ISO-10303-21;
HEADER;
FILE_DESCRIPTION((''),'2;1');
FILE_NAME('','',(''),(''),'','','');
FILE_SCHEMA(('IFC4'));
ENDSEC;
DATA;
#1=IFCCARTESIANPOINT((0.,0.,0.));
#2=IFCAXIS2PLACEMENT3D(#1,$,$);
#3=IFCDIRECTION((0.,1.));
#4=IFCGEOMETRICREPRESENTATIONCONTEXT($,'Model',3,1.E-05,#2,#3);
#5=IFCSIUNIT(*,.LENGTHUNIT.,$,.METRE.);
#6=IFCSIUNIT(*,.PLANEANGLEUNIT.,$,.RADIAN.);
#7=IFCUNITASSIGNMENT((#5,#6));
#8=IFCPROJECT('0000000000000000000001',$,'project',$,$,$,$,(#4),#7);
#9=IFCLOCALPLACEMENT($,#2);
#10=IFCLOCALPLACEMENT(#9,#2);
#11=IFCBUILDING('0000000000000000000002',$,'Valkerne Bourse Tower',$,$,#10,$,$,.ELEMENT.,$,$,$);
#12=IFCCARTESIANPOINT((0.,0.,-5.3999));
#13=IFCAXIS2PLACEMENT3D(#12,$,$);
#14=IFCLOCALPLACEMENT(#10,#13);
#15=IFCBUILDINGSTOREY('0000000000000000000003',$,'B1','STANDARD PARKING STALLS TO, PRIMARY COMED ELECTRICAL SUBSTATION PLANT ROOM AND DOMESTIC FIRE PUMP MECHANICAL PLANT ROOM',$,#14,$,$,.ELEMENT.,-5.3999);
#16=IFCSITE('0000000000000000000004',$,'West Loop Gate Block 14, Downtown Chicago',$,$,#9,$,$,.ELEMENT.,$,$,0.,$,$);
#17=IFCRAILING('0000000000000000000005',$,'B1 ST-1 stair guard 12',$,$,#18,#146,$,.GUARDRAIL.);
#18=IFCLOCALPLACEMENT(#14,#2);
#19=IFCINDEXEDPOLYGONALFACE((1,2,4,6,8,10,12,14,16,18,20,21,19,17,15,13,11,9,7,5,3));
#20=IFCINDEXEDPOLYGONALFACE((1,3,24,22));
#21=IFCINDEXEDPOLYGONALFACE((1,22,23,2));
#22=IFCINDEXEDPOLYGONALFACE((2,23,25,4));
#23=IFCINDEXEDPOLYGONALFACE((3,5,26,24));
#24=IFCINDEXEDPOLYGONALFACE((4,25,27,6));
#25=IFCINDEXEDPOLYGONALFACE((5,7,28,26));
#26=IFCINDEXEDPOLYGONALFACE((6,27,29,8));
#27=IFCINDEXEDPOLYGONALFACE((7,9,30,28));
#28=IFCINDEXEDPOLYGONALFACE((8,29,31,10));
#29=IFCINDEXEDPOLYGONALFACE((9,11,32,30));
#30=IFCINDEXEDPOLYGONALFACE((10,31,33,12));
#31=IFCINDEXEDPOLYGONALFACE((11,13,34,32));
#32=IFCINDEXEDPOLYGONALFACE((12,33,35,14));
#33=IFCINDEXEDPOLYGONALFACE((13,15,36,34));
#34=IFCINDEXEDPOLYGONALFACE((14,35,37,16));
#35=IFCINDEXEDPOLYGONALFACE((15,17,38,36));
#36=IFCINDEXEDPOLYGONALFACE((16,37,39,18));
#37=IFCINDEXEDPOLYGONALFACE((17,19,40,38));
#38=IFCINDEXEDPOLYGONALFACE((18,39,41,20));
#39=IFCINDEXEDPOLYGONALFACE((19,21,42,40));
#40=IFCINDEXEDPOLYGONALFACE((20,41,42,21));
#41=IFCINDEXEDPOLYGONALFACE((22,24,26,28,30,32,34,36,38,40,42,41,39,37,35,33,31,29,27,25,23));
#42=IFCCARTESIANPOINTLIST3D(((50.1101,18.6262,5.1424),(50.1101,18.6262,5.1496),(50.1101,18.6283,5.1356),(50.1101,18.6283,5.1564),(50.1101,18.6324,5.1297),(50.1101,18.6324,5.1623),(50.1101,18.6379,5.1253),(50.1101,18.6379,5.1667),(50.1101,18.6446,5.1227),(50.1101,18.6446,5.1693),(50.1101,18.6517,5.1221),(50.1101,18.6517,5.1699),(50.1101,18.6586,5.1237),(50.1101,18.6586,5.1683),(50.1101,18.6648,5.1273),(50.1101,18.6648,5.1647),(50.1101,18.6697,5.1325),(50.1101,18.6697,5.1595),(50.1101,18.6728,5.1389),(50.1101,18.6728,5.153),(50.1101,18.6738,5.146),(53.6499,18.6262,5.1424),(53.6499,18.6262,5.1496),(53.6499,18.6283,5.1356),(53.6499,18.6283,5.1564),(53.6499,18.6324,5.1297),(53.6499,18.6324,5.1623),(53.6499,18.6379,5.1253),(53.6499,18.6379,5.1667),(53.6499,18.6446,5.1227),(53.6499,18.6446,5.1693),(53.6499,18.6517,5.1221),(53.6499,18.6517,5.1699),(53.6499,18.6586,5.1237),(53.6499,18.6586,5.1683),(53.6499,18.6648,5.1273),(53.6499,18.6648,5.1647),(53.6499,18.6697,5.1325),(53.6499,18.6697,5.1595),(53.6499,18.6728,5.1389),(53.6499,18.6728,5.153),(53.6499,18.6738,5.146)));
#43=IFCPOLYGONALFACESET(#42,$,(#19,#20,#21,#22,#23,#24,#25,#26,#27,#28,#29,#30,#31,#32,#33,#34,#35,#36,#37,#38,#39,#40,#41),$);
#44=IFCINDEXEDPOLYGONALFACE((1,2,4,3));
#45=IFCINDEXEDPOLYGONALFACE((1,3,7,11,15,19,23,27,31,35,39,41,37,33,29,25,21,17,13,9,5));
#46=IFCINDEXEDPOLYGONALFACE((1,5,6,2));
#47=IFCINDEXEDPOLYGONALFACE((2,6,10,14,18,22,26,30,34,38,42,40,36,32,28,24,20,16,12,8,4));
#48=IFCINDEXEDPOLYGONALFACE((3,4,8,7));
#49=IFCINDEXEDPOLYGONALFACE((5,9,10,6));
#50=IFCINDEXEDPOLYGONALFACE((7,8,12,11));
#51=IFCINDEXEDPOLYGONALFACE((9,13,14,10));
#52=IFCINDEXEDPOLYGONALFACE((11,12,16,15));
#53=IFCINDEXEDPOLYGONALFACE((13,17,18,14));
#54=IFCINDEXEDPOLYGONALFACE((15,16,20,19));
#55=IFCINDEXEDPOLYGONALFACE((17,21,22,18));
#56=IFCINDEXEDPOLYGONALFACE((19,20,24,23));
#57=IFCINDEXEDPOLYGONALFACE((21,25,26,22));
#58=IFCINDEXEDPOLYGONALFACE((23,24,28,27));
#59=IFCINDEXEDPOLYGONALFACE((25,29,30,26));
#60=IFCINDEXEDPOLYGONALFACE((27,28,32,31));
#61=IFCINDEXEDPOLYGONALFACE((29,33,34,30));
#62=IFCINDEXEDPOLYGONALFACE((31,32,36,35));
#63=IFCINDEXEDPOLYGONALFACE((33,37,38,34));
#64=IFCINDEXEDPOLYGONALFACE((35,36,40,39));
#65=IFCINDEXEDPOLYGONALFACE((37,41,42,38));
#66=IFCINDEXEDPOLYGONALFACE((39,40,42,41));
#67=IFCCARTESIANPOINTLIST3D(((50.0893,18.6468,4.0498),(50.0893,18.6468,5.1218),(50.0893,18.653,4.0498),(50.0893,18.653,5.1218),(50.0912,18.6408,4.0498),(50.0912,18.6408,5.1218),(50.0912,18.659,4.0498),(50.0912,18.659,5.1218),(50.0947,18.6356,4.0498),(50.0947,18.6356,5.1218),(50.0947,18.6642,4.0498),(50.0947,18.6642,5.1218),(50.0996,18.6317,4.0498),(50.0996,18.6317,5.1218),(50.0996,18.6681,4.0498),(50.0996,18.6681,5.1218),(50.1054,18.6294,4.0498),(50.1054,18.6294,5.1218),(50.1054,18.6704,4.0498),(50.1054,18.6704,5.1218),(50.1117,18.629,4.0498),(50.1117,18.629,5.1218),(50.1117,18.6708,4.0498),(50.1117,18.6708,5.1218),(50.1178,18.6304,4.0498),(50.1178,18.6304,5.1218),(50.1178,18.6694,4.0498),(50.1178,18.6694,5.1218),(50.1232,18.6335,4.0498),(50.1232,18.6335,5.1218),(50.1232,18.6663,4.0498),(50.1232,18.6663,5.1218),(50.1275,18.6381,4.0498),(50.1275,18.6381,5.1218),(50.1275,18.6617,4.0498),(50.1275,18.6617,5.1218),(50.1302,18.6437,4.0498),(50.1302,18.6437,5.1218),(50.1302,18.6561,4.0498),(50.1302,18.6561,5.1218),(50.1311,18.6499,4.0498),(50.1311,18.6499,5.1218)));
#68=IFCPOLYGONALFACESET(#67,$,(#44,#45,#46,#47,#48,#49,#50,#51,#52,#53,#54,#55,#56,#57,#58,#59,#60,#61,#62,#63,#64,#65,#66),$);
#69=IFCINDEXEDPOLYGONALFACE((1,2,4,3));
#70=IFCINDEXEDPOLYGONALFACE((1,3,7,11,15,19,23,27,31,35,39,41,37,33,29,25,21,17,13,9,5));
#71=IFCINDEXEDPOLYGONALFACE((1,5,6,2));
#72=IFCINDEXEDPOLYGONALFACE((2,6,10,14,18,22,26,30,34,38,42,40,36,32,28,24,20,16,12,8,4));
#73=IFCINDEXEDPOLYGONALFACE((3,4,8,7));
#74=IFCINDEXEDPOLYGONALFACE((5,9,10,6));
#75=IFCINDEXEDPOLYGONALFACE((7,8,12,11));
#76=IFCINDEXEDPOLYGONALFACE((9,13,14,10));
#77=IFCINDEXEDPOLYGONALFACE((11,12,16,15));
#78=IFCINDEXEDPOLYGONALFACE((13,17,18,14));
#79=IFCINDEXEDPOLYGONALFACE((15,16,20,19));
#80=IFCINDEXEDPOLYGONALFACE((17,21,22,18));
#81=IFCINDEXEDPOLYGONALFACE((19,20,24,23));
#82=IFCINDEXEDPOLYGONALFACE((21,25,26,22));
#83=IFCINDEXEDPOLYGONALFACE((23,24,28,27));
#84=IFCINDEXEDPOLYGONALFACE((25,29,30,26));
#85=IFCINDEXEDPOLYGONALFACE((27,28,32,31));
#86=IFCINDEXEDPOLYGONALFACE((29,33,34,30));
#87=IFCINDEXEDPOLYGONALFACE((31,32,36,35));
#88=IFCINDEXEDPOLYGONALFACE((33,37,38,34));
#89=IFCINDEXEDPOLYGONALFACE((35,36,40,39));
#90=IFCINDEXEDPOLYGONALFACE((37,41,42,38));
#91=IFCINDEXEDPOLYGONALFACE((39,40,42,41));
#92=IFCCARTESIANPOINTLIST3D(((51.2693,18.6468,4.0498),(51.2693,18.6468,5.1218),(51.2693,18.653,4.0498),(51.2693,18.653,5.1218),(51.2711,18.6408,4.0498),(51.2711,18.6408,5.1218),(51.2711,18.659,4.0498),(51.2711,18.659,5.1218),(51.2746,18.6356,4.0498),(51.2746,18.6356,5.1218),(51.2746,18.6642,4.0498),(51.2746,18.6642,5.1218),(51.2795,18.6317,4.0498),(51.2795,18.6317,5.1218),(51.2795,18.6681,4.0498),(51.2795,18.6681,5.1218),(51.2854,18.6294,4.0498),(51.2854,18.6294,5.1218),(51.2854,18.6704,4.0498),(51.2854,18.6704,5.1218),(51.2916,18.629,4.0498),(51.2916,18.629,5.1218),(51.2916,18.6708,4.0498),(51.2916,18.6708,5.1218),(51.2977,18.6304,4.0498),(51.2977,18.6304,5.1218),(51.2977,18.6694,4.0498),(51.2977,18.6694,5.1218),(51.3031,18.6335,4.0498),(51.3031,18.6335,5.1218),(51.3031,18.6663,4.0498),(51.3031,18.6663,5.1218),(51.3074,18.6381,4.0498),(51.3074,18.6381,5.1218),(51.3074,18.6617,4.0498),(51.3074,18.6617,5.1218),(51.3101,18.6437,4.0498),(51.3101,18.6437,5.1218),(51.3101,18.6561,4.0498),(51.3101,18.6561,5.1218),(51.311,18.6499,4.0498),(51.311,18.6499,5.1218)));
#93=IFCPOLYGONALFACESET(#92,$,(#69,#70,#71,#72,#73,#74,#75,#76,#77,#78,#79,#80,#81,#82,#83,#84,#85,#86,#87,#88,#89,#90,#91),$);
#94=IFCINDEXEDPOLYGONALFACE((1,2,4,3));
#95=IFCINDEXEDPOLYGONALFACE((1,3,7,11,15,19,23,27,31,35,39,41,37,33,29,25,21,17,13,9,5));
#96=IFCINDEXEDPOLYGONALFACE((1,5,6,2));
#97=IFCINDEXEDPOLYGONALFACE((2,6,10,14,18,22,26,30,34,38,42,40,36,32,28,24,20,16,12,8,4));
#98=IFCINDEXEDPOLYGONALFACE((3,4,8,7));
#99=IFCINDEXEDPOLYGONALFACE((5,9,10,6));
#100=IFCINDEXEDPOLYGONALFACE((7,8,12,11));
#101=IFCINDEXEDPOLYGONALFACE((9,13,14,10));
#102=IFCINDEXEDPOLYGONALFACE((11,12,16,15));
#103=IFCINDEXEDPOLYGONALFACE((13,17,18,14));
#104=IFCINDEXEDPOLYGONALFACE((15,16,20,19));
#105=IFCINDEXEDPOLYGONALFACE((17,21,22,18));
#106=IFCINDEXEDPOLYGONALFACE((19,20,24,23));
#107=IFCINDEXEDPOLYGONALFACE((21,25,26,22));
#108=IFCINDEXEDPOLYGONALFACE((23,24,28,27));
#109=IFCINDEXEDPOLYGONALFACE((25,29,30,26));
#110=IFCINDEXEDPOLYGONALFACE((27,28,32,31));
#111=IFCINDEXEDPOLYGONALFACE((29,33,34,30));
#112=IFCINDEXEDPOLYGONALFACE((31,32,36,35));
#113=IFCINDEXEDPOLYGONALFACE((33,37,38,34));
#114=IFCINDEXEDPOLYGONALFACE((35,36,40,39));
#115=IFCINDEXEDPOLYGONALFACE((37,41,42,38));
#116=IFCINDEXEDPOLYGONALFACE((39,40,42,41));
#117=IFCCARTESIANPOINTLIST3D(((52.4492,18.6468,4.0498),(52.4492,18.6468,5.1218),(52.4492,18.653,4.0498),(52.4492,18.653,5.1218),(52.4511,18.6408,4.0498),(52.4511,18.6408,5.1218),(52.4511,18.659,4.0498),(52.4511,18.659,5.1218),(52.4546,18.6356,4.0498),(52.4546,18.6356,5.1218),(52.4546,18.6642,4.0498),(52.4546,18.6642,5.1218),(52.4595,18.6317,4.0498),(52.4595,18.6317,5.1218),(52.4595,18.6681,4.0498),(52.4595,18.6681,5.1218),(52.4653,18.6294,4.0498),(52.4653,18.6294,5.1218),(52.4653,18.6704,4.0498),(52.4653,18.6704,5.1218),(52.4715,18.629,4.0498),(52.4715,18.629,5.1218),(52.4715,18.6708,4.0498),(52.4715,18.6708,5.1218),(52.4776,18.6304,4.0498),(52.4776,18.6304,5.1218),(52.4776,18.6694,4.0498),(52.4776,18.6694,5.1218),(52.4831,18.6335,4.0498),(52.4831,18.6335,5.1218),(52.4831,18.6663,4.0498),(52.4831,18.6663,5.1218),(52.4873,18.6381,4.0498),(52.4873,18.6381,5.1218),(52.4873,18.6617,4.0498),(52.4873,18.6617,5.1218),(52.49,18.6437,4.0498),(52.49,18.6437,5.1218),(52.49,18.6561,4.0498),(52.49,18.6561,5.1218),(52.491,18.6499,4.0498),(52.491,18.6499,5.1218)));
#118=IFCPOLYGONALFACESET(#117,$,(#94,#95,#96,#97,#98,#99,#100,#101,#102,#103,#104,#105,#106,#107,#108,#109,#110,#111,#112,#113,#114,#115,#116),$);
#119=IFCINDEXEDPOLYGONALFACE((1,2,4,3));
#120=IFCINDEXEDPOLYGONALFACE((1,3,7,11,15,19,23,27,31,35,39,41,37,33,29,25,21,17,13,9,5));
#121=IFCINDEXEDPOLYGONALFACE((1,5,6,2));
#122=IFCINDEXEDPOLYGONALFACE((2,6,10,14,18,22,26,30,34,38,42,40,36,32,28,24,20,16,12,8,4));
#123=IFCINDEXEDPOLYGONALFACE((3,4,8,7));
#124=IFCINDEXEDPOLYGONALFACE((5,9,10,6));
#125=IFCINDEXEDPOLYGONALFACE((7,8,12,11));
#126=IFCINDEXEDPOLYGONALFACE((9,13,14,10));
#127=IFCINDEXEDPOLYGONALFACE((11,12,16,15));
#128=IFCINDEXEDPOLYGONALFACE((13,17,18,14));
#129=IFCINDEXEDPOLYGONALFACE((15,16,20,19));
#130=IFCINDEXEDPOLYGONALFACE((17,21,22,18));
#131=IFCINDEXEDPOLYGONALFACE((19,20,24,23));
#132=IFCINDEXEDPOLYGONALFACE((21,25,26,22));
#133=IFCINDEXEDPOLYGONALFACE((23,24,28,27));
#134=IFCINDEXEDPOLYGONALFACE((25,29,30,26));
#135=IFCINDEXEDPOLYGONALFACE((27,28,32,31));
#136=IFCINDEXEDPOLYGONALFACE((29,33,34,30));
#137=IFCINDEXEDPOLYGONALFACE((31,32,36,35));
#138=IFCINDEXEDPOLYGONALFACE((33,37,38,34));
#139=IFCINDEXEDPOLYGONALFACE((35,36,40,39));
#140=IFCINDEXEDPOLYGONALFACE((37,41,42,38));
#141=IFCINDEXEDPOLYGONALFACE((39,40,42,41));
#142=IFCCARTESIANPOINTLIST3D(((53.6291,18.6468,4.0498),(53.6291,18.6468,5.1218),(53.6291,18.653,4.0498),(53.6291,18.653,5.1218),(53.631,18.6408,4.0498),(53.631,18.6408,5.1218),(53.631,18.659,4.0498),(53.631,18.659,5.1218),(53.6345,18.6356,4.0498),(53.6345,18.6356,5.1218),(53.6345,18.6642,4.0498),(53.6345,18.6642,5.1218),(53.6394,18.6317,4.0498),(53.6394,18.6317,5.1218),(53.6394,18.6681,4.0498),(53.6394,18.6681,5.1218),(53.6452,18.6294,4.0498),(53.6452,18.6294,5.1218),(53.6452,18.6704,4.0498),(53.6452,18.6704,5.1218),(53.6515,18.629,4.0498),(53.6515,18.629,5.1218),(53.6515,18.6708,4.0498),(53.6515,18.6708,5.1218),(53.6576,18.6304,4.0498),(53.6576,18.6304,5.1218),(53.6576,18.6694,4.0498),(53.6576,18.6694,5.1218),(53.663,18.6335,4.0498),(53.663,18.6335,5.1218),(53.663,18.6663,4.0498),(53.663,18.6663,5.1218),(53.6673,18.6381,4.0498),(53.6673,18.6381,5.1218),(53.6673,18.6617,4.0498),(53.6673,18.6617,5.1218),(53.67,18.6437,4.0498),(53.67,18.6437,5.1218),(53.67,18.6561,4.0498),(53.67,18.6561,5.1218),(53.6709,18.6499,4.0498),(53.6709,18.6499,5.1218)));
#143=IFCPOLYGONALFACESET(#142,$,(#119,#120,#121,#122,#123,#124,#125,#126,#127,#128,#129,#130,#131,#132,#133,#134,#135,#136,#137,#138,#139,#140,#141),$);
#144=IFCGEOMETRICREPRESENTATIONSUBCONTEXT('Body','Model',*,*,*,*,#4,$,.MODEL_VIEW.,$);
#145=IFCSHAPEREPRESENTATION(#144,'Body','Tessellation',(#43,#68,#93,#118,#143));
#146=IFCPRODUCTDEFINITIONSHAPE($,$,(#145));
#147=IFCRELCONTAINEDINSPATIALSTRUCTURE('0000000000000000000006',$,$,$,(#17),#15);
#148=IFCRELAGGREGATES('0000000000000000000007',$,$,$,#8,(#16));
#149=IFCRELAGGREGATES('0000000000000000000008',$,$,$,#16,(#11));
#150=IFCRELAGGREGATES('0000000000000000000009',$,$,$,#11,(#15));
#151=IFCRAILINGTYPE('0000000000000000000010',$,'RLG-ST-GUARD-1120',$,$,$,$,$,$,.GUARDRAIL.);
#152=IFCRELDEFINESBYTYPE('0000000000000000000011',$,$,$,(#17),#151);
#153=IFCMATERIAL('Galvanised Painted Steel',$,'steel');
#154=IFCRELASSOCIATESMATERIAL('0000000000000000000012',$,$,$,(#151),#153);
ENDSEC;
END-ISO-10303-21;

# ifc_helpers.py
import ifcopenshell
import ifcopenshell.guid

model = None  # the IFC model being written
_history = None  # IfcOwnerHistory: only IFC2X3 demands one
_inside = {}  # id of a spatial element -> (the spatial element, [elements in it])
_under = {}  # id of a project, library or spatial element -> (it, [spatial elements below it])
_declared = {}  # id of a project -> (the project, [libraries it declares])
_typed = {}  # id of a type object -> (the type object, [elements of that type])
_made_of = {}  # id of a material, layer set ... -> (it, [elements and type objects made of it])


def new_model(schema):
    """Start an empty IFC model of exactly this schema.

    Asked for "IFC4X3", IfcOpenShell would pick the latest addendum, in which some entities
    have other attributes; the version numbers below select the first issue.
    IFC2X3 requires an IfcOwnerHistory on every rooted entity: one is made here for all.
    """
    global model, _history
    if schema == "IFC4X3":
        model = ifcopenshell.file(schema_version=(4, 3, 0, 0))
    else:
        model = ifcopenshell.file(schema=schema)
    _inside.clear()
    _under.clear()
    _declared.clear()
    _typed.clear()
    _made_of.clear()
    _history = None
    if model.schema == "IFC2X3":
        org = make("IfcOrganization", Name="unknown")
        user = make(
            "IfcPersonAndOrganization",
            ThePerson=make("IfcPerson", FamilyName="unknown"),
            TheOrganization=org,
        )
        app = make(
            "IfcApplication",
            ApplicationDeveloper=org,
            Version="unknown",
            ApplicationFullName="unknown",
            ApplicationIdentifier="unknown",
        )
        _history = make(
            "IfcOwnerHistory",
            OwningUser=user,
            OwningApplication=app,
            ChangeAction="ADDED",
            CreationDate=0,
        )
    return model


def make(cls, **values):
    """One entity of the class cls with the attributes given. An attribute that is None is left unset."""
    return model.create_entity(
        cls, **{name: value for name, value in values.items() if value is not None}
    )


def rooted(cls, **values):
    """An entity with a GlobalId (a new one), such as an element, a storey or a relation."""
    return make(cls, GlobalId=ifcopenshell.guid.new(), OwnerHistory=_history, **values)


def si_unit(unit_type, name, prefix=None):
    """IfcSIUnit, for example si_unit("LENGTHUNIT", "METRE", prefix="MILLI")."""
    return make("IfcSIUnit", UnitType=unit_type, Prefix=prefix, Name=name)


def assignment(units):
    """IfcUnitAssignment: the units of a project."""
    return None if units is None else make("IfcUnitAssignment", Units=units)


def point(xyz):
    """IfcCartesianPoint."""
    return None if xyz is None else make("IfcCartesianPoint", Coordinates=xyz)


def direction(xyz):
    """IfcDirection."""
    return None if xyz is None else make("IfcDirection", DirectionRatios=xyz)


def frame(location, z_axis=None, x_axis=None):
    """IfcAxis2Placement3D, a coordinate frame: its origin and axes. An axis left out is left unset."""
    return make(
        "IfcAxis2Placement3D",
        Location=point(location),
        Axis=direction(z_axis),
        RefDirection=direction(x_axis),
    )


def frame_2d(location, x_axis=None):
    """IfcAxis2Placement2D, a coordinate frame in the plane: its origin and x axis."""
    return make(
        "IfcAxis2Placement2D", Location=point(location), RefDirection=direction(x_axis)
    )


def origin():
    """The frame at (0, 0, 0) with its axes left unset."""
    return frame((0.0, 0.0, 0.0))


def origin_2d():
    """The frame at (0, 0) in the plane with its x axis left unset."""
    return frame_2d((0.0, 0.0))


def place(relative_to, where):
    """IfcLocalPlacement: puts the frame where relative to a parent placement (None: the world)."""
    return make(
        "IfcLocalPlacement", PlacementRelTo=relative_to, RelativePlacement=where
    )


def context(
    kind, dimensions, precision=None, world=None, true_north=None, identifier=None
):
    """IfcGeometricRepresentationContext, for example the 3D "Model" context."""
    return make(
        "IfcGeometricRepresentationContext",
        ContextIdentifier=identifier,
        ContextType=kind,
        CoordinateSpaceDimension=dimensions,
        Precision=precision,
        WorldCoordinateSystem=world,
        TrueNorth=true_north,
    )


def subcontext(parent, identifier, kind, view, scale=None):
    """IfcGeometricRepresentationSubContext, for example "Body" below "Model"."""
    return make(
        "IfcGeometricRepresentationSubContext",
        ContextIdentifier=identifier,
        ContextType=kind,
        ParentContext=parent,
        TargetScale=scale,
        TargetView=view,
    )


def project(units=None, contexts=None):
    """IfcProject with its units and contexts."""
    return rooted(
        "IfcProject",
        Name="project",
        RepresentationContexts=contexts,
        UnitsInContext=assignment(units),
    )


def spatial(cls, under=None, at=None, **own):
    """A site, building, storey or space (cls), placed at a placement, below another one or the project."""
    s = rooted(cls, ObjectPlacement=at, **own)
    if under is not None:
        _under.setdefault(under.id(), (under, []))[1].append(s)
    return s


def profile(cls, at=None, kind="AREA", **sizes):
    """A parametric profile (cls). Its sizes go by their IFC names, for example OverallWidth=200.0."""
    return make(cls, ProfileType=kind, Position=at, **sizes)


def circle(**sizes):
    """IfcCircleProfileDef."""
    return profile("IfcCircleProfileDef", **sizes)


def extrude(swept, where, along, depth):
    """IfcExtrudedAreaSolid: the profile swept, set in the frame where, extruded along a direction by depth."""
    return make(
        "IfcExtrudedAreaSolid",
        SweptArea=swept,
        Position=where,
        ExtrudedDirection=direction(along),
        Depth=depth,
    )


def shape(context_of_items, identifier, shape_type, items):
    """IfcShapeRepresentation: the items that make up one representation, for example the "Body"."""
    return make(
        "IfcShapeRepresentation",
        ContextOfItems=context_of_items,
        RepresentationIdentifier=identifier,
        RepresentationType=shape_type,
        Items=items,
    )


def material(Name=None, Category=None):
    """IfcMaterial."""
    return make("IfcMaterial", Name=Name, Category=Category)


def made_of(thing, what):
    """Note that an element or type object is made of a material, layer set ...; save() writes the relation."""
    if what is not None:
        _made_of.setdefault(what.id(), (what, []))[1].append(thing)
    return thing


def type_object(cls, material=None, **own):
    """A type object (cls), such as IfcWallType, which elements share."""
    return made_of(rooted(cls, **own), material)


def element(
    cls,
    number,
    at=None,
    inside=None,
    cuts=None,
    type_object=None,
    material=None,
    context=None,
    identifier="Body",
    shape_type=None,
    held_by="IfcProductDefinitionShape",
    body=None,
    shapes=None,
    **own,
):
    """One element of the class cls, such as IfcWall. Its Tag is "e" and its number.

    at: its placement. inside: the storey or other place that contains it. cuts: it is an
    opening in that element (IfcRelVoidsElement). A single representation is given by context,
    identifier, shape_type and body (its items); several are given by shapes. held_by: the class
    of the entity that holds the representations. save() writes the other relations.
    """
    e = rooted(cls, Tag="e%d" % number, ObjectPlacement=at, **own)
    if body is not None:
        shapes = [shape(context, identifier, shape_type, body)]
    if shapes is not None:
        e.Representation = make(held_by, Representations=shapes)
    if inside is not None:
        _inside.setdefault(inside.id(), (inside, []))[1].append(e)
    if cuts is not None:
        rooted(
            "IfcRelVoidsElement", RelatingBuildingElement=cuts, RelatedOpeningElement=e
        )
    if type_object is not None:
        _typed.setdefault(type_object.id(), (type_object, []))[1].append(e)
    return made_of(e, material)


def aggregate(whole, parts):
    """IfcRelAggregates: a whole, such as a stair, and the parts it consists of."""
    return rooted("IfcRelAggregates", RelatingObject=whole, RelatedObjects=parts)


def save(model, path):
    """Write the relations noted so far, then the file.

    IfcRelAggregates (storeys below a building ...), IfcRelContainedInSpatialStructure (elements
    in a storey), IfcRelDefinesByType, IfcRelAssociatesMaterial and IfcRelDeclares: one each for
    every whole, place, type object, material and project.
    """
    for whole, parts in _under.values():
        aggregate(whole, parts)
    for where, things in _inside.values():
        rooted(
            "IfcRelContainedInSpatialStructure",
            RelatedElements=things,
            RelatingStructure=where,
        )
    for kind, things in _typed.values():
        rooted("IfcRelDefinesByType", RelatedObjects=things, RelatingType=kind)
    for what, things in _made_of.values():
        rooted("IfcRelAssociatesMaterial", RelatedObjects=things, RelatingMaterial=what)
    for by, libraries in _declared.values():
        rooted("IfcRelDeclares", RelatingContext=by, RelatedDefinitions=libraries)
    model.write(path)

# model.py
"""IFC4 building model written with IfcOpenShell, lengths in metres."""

from ifc_helpers import new_model, si_unit, direction, frame, origin, origin_2d, place, context, subcontext, project, spatial, circle, extrude, material, type_object, element, save


model = new_model("IFC4")

# Units and contexts
model_context = context("Model", 3, precision=1e-05, world=origin(), true_north=direction((0.0, 1.0)))
body_context = subcontext(model_context, "Body", "Model", "MODEL_VIEW")
ifc_project = project(units=[si_unit("LENGTHUNIT", "METRE"), si_unit("PLANEANGLEUNIT", "RADIAN")], contexts=[model_context])

# Site, building, storey
site_placement = place(None, origin())
site = spatial("IfcSite", under=ifc_project, at=site_placement, Name="West Loop Gate Block 14, Downtown Chicago", CompositionType="ELEMENT", RefElevation=0.0)
building_placement = place(site_placement, origin())
building = spatial("IfcBuilding", under=site, at=building_placement, Name="Valkerne Bourse Tower", CompositionType="ELEMENT")
storey_placement = place(building_placement, frame((0.0, 0.0, -5.3999)))
storey = spatial("IfcBuildingStorey", under=building, at=storey_placement, Name="B1", Description="STANDARD PARKING STALLS TO, PRIMARY COMED ELECTRICAL SUBSTATION PLANT ROOM AND DOMESTIC FIRE PUMP MECHANICAL PLANT ROOM", CompositionType="ELEMENT", Elevation=-5.3999)

# Railing
ifc_material_1 = material(Name="Galvanised Painted Steel", Category="steel")
railing_type_1 = type_object("IfcRailingType", Name="RLG-ST-GUARD-1120", PredefinedType="GUARDRAIL", material=ifc_material_1)
railing_1_placement = place(storey_placement, frame((50.1101, 18.6499, 4.0498)))
element("IfcRailing", 1, at=railing_1_placement, inside=storey, type_object=railing_type_1, Name="B1 ST-1 stair guard 12", PredefinedType="GUARDRAIL", context=body_context, shape_type="SweptSolid", body=[
    extrude(circle(Radius=0.0239, at=origin_2d()), frame((0.0, 0.0, 1.0962), z_axis=(1.0, 0.0, 0.0), x_axis=(0.0, 1.0, 0.0)), (0.0, 0.0, 1.0), 3.5398),
    extrude(circle(Radius=0.021, at=origin_2d()), origin(), (0.0, 0.0, 1.0), 1.072),
    extrude(circle(Radius=0.021, at=origin_2d()), frame((1.1799, 0.0, 0.0)), (0.0, 0.0, 1.0), 1.072),
    extrude(circle(Radius=0.021, at=origin_2d()), frame((2.3599, 0.0, 0.0)), (0.0, 0.0, 1.0), 1.072),
    extrude(circle(Radius=0.021, at=origin_2d()), frame((3.5398, 0.0, 0.0)), (0.0, 0.0, 1.0), 1.072),
])

save(model, "model.ifc")
